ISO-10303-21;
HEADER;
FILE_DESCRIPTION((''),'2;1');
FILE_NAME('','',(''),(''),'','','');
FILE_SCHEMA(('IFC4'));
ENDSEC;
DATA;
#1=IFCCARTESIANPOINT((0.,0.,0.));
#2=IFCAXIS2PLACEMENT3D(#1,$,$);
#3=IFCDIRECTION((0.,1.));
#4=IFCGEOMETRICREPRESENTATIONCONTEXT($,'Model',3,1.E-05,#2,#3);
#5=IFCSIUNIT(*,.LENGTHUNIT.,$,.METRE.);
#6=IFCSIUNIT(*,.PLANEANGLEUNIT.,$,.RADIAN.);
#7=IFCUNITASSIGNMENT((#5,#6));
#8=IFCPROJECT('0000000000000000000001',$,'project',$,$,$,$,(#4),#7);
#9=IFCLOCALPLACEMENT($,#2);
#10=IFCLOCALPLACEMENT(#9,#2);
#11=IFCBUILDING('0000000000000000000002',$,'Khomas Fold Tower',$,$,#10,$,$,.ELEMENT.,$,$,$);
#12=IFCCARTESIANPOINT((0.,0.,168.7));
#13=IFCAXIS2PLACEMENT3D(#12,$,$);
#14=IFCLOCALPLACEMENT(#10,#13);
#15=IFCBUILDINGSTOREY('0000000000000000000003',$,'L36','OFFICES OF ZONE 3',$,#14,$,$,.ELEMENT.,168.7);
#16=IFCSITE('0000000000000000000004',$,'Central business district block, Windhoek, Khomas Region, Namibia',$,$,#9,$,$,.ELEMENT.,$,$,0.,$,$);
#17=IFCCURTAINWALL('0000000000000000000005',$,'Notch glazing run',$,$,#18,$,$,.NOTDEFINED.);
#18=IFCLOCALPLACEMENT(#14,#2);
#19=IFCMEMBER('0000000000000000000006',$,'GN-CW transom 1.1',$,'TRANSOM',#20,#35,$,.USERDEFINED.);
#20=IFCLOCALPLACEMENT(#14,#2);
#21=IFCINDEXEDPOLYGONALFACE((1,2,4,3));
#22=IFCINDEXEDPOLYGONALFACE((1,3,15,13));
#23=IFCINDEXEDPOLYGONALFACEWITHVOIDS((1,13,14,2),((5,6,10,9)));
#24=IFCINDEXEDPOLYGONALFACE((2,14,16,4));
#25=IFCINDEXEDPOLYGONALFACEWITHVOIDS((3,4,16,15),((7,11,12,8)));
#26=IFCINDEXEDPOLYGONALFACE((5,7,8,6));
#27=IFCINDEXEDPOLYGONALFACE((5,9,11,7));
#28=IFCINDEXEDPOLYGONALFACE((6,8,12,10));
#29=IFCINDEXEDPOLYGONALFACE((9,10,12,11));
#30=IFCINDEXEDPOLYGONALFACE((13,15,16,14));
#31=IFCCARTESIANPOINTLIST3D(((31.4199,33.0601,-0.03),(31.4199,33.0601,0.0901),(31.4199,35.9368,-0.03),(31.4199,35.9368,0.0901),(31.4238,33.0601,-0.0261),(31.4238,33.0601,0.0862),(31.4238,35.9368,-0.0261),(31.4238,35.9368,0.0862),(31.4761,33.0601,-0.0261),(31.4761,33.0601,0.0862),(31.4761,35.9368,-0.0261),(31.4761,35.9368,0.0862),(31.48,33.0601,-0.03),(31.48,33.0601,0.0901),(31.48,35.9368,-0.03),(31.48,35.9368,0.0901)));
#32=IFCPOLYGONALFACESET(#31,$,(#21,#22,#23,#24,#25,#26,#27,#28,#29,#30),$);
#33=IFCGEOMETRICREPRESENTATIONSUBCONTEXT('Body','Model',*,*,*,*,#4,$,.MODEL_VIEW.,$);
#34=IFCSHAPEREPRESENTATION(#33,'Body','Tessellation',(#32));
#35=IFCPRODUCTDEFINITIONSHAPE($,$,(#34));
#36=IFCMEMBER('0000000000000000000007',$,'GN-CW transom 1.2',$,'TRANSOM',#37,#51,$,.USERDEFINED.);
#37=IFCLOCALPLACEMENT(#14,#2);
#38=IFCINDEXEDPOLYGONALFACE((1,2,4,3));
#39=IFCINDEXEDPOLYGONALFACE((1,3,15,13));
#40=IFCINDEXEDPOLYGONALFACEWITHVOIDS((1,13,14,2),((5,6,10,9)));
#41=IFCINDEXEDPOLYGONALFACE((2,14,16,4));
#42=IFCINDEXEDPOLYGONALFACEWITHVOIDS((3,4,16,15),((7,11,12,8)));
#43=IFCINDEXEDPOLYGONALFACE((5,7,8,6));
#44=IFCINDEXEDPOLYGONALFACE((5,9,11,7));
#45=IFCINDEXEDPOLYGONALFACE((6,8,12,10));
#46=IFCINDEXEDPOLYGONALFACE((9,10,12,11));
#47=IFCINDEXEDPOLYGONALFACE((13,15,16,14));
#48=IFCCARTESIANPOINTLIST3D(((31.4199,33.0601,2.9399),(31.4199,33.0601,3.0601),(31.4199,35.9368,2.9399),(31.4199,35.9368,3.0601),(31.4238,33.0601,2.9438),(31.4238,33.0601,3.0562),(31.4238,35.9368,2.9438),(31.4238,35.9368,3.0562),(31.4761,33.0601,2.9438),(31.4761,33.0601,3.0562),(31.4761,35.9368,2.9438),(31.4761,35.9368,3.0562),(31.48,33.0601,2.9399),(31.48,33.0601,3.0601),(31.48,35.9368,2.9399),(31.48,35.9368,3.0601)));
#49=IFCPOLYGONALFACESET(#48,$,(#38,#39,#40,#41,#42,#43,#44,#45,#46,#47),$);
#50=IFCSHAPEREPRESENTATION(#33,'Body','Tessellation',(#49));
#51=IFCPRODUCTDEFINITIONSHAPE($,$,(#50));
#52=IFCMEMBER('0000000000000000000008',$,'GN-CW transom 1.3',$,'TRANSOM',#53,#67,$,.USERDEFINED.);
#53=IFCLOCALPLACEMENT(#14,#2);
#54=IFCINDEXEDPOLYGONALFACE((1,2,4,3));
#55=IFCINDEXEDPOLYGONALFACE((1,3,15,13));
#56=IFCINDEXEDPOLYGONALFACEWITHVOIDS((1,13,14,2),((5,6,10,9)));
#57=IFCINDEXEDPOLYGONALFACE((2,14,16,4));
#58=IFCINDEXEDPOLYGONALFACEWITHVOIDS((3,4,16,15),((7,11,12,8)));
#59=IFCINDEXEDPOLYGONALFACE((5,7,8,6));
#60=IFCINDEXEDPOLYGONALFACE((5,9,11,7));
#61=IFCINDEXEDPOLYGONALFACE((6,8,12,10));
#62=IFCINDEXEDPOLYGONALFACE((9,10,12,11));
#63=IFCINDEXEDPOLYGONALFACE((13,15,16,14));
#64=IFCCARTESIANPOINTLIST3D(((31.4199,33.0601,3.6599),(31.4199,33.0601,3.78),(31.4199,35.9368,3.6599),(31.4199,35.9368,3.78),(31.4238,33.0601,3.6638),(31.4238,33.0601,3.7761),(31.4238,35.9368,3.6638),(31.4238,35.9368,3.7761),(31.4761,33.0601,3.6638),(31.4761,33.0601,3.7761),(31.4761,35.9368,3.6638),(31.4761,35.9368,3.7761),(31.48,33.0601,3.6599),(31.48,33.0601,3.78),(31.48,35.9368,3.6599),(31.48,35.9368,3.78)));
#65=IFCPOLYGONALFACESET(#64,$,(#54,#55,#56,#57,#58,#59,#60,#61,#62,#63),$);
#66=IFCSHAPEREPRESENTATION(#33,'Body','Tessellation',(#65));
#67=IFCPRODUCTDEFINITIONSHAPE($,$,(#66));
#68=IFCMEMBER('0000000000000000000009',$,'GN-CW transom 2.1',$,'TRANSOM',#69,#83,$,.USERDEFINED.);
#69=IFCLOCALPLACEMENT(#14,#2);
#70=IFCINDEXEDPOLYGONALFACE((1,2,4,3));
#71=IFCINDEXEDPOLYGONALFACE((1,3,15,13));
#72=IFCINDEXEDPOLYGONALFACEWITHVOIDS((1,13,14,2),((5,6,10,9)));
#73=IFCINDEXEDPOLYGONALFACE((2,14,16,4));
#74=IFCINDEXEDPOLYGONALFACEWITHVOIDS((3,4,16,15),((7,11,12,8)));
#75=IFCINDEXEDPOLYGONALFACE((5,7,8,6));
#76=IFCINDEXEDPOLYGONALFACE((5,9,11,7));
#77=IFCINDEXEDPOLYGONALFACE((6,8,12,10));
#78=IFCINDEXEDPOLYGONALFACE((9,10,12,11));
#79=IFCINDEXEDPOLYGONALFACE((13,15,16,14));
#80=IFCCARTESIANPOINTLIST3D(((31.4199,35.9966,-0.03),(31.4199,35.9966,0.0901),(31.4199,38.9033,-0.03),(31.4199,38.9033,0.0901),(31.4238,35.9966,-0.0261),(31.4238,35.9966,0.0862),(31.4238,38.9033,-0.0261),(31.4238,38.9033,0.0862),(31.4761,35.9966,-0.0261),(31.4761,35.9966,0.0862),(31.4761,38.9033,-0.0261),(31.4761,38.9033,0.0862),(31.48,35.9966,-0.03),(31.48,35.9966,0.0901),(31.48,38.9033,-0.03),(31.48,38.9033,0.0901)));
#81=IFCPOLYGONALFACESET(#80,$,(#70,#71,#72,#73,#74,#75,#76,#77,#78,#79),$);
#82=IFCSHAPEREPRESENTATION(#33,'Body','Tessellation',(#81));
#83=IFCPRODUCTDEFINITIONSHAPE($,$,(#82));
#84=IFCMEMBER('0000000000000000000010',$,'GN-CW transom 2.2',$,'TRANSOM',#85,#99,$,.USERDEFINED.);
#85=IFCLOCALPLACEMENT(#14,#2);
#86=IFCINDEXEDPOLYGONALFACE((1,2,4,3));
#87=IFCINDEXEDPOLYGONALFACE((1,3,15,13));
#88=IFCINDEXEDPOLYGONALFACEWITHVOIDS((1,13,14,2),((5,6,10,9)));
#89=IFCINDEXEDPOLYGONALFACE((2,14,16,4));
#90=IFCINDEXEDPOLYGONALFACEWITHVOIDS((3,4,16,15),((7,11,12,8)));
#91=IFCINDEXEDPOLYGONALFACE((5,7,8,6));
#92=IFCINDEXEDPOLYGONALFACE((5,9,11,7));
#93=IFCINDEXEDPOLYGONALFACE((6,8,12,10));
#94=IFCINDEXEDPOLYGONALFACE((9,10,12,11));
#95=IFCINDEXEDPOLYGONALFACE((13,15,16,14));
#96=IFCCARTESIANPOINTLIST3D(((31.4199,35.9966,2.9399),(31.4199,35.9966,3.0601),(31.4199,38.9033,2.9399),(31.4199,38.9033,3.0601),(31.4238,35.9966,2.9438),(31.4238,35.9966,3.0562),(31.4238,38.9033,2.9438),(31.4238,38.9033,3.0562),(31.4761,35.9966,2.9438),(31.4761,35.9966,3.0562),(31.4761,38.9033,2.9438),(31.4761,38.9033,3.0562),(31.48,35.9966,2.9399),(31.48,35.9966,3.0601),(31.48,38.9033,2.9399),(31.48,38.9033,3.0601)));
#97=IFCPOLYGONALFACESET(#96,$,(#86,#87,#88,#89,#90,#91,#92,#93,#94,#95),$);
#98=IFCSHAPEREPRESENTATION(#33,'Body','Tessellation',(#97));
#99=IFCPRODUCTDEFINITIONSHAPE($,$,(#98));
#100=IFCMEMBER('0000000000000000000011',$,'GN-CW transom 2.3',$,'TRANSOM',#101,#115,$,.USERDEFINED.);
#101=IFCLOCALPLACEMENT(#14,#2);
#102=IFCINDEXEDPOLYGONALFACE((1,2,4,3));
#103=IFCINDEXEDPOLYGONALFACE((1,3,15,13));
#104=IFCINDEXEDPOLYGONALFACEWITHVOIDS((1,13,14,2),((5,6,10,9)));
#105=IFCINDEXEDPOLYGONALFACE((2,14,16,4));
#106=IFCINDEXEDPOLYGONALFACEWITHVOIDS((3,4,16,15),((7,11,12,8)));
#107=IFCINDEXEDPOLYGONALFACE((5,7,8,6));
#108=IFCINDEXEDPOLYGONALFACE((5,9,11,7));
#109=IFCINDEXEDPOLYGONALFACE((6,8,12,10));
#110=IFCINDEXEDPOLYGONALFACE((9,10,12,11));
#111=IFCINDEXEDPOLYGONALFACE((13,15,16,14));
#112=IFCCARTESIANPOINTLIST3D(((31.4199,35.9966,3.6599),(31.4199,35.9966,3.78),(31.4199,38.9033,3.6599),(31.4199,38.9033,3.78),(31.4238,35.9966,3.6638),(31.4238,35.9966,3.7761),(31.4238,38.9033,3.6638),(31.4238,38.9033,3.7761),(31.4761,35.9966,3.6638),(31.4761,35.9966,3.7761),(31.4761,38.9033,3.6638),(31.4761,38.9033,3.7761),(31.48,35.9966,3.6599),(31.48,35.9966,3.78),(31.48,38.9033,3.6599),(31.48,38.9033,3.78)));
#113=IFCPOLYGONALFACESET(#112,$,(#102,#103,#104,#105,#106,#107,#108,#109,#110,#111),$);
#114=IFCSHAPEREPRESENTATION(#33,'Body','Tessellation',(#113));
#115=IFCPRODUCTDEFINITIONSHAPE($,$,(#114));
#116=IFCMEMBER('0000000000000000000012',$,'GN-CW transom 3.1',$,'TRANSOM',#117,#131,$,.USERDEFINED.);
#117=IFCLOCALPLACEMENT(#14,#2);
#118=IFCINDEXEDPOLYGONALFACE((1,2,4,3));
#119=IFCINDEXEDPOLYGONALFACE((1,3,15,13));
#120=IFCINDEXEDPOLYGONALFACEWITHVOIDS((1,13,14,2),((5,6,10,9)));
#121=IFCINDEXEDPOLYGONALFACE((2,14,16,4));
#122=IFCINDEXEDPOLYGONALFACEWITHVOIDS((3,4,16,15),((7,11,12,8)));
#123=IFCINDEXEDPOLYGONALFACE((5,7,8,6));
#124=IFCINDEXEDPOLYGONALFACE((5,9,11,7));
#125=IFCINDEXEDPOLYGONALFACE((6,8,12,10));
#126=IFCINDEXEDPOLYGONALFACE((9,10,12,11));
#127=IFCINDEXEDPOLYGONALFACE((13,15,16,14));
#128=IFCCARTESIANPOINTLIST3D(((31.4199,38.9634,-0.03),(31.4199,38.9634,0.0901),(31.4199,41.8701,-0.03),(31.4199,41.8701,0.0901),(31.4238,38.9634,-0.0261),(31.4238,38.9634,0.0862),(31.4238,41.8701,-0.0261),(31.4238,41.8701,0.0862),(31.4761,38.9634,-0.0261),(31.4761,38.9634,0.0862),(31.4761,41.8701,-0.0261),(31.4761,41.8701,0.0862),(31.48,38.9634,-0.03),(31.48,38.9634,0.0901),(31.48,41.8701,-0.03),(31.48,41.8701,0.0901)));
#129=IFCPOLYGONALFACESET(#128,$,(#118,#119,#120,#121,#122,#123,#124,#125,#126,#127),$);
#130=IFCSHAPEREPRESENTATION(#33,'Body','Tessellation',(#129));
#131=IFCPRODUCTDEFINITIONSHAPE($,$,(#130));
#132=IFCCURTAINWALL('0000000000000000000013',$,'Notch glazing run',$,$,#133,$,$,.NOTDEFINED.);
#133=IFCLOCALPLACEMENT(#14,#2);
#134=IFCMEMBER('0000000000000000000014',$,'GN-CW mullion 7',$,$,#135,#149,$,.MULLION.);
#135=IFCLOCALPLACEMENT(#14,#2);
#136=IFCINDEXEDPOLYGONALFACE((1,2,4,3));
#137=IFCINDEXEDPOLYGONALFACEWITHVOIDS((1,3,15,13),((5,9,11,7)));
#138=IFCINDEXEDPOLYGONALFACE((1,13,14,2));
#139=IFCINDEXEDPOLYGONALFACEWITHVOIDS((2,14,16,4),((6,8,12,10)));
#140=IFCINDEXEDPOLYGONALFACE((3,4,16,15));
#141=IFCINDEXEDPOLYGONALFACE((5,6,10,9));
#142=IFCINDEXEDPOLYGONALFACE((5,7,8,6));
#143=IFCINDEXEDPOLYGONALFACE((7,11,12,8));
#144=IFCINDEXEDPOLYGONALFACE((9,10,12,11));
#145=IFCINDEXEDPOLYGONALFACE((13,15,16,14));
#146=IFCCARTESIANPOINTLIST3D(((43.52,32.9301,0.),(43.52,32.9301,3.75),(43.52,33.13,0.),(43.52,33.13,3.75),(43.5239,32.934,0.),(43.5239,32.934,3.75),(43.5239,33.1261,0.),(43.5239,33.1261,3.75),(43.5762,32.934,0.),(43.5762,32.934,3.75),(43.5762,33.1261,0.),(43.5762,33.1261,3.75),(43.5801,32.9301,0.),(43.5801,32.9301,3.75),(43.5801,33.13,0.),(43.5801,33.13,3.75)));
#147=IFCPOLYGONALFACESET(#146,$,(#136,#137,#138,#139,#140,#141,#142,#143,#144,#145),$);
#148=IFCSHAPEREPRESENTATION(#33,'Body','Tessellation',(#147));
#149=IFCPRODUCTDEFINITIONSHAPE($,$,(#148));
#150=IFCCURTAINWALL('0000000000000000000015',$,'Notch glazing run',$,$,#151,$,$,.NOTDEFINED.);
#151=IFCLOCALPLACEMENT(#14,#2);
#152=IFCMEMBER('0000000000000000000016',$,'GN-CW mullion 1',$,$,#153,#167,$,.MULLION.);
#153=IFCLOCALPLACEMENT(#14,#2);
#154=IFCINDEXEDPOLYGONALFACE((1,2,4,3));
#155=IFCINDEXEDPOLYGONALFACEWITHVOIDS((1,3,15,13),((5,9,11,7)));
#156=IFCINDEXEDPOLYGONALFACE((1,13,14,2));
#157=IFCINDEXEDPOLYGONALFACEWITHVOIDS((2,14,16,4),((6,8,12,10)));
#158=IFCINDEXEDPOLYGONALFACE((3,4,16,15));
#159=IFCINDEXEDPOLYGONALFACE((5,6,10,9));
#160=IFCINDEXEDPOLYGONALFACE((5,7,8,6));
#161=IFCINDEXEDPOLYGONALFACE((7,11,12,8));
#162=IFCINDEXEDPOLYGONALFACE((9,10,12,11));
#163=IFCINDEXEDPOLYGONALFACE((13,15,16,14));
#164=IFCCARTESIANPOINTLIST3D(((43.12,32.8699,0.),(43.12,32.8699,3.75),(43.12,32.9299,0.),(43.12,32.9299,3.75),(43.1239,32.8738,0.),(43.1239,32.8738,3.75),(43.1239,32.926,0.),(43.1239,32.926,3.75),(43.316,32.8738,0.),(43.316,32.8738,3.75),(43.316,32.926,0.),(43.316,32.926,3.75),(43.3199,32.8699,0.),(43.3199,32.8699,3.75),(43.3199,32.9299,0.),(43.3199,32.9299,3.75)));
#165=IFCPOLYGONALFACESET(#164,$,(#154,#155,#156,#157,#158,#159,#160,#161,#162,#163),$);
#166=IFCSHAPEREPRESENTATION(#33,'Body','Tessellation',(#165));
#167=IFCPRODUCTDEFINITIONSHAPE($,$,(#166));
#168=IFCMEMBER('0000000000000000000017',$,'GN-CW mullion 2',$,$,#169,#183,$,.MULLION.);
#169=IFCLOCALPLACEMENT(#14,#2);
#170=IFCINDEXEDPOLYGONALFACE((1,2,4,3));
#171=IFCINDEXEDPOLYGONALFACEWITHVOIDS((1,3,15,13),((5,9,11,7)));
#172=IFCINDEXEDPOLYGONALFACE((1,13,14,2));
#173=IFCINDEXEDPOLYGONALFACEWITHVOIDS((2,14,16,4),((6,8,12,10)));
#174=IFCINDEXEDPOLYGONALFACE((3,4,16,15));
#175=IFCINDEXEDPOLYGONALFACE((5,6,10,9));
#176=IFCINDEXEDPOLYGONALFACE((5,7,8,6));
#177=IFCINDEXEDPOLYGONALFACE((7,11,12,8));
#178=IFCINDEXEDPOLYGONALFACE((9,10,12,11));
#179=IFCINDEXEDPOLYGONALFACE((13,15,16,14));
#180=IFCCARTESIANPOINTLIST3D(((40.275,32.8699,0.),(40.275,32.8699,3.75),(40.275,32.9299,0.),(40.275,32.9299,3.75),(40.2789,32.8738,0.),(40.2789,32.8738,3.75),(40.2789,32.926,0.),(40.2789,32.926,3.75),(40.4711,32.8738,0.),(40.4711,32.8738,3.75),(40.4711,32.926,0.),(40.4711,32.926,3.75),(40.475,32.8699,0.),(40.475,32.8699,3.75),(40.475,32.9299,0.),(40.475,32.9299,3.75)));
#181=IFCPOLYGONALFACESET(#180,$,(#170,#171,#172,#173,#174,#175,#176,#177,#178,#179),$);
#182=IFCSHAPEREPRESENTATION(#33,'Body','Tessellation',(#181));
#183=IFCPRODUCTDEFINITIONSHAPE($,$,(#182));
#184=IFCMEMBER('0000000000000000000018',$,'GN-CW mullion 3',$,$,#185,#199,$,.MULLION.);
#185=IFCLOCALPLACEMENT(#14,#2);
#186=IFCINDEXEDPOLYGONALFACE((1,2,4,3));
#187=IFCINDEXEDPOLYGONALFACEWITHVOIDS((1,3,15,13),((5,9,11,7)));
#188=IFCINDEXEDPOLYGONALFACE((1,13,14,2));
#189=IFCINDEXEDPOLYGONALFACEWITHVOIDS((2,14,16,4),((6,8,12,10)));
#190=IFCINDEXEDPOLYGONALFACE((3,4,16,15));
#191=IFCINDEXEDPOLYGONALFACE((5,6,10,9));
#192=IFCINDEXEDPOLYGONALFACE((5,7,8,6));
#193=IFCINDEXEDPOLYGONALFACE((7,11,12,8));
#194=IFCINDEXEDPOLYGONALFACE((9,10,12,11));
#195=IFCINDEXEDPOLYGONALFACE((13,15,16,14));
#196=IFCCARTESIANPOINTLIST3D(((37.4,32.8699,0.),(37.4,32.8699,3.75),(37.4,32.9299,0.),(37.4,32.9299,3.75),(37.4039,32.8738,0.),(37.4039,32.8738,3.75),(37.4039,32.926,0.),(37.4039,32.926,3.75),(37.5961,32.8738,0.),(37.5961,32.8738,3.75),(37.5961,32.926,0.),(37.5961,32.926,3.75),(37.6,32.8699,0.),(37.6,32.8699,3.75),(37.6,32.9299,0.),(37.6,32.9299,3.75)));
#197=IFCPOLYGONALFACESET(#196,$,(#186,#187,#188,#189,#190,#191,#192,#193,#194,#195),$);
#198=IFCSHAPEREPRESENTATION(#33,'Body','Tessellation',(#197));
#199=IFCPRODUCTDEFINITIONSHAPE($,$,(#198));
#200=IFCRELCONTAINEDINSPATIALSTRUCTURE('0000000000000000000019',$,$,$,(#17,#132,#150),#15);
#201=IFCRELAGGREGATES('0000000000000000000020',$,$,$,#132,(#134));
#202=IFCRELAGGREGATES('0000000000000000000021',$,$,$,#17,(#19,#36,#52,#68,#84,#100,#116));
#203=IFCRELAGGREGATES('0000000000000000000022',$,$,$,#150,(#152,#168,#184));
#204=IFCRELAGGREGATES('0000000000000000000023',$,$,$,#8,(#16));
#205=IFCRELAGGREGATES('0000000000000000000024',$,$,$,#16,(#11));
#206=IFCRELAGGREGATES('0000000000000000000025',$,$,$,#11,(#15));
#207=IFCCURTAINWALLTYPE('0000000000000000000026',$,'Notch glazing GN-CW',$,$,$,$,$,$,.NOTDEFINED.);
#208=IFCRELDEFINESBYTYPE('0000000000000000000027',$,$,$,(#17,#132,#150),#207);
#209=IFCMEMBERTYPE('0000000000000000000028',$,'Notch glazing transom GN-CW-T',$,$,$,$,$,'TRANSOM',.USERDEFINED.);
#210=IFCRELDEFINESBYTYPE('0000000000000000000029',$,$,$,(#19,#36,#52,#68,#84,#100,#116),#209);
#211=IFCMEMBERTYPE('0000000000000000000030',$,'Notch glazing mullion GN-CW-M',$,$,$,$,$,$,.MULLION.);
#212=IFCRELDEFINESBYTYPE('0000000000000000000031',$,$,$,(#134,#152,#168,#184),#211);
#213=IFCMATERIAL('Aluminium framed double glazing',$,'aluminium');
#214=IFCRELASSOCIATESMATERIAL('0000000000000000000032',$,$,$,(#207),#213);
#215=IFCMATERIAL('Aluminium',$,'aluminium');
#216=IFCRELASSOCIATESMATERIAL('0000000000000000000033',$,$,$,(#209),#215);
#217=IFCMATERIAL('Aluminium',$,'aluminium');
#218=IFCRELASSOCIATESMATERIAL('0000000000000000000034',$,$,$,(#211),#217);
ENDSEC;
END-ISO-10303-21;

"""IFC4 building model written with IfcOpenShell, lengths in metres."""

from ifc_helpers import new_model, si_unit, direction, frame, origin, origin_2d, place, context, subcontext, project, spatial, hollow_rectangle, extrude, source, transform, mapped, material, material_profile, profile_set, type_object, element, aggregate, save


model = new_model("IFC4")

# Units and contexts
model_context = context("Model", 3, precision=1e-05, world=origin(), true_north=direction((0.0, 1.0)))
body_context = subcontext(model_context, "Body", "Model", "MODEL_VIEW")
ifc_project = project(units=[si_unit("LENGTHUNIT", "METRE"), si_unit("PLANEANGLEUNIT", "RADIAN")], contexts=[model_context])

# Site, building, storey
site_placement = place(None, origin())
site = spatial("IfcSite", under=ifc_project, at=site_placement, Name="Central business district block, Windhoek, Khomas Region, Namibia", CompositionType="ELEMENT", RefElevation=0.0)
building_placement = place(site_placement, origin())
building = spatial("IfcBuilding", under=site, at=building_placement, Name="Khomas Fold Tower", CompositionType="ELEMENT")
storey_placement = place(building_placement, frame((0.0, 0.0, 168.7)))
storey = spatial("IfcBuildingStorey", under=building, at=storey_placement, Name="L36", Description="OFFICES OF ZONE 3", CompositionType="ELEMENT", Elevation=168.7)

# Curtain wall, members
ifc_material_1 = material(Name="Aluminium framed double glazing", Category="aluminium")
curtain_wall_type = type_object("IfcCurtainWallType", Name="Notch glazing GN-CW", PredefinedType="NOTDEFINED", material=ifc_material_1)
curtain_wall_1_placement = place(storey_placement, origin())
curtain_wall_1 = element("IfcCurtainWall", 1, at=curtain_wall_1_placement, inside=storey, type_object=curtain_wall_type, Name="Notch glazing run", PredefinedType="NOTDEFINED")
ifc_material_2 = material(Name="Aluminium", Category="aluminium")
ifc_material_profile_1 = material_profile(ifc_material_2, hollow_rectangle(XDim=0.0601, YDim=0.1201, WallThickness=0.0039, at=origin_2d()), Name="Notch glazing transom GN-CW-T")
ifc_profile_set_1 = profile_set([ifc_material_profile_1], Name="Aluminium")
member_type_1 = type_object("IfcMemberType", Name="Notch glazing transom GN-CW-T", ElementType="TRANSOM", PredefinedType="USERDEFINED", material=ifc_profile_set_1)
shared_shape_1 = source(origin(), body_context, "Body", "SweptSolid", [
    extrude(hollow_rectangle(XDim=0.0601, YDim=0.1201, WallThickness=0.0039, at=origin_2d()), origin(), (0.0, 0.0, 1.0), 2.8767),
])
member_1_placement = place(storey_placement, frame((31.45, 33.0601, 0.03), z_axis=(0.0, 1.0, 0.0), x_axis=(-1.0, 0.0, 0.0)))
member_1 = element("IfcMember", 2, at=member_1_placement, type_object=member_type_1, Name="GN-CW transom 1.1", ObjectType="TRANSOM", PredefinedType="USERDEFINED", context=body_context, shape_type="MappedRepresentation", body=[
    mapped(shared_shape_1, transform((0.0, 0.0, 0.0))),
])
member_2_placement = place(storey_placement, frame((31.45, 33.0601, 3.0), z_axis=(0.0, 1.0, 0.0), x_axis=(-1.0, 0.0, 0.0)))
member_2 = element("IfcMember", 3, at=member_2_placement, type_object=member_type_1, Name="GN-CW transom 1.2", ObjectType="TRANSOM", PredefinedType="USERDEFINED", context=body_context, shape_type="MappedRepresentation", body=[
    mapped(shared_shape_1, transform((0.0, 0.0, 0.0))),
])
member_3_placement = place(storey_placement, frame((31.45, 33.0601, 3.72), z_axis=(0.0, 1.0, 0.0), x_axis=(-1.0, 0.0, 0.0)))
member_3 = element("IfcMember", 4, at=member_3_placement, type_object=member_type_1, Name="GN-CW transom 1.3", ObjectType="TRANSOM", PredefinedType="USERDEFINED", context=body_context, shape_type="MappedRepresentation", body=[
    mapped(shared_shape_1, transform((0.0, 0.0, 0.0))),
])
shared_shape_2 = source(origin(), body_context, "Body", "SweptSolid", [
    extrude(hollow_rectangle(XDim=0.0601, YDim=0.1201, WallThickness=0.0039, at=origin_2d()), origin(), (0.0, 0.0, 1.0), 2.9067),
])
member_4_placement = place(storey_placement, frame((31.45, 35.9966, 0.03), z_axis=(0.0, 1.0, 0.0), x_axis=(-1.0, 0.0, 0.0)))
member_4 = element("IfcMember", 5, at=member_4_placement, type_object=member_type_1, Name="GN-CW transom 2.1", ObjectType="TRANSOM", PredefinedType="USERDEFINED", context=body_context, shape_type="MappedRepresentation", body=[
    mapped(shared_shape_2, transform((0.0, 0.0, 0.0))),
])
member_5_placement = place(storey_placement, frame((31.45, 35.9966, 3.0), z_axis=(0.0, 1.0, 0.0), x_axis=(-1.0, 0.0, 0.0)))
member_5 = element("IfcMember", 6, at=member_5_placement, type_object=member_type_1, Name="GN-CW transom 2.2", ObjectType="TRANSOM", PredefinedType="USERDEFINED", context=body_context, shape_type="MappedRepresentation", body=[
    mapped(shared_shape_2, transform((0.0, 0.0, 0.0))),
])
member_6_placement = place(storey_placement, frame((31.45, 35.9966, 3.72), z_axis=(0.0, 1.0, 0.0), x_axis=(-1.0, 0.0, 0.0)))
member_6 = element("IfcMember", 7, at=member_6_placement, type_object=member_type_1, Name="GN-CW transom 2.3", ObjectType="TRANSOM", PredefinedType="USERDEFINED", context=body_context, shape_type="MappedRepresentation", body=[
    mapped(shared_shape_2, transform((0.0, 0.0, 0.0))),
])
member_7_placement = place(storey_placement, frame((31.45, 38.9634, 0.03), z_axis=(0.0, 1.0, 0.0), x_axis=(-1.0, 0.0, 0.0)))
member_7 = element("IfcMember", 8, at=member_7_placement, type_object=member_type_1, Name="GN-CW transom 3.1", ObjectType="TRANSOM", PredefinedType="USERDEFINED", context=body_context, shape_type="MappedRepresentation", body=[
    mapped(shared_shape_2, transform((0.0, 0.0, 0.0))),
])

# Curtain wall, member
curtain_wall_2_placement = place(storey_placement, origin())
curtain_wall_2 = element("IfcCurtainWall", 9, at=curtain_wall_2_placement, inside=storey, type_object=curtain_wall_type, Name="Notch glazing run", PredefinedType="NOTDEFINED")
ifc_material_3 = material(Name="Aluminium", Category="aluminium")
ifc_material_profile_2 = material_profile(ifc_material_3, hollow_rectangle(XDim=0.0601, YDim=0.2, WallThickness=0.0039, at=origin_2d()), Name="Notch glazing mullion GN-CW-M")
ifc_profile_set_2 = profile_set([ifc_material_profile_2], Name="Aluminium")
member_type_2 = type_object("IfcMemberType", Name="Notch glazing mullion GN-CW-M", PredefinedType="MULLION", material=ifc_profile_set_2)
shared_shape_3 = source(origin(), body_context, "Body", "SweptSolid", [
    extrude(hollow_rectangle(XDim=0.0601, YDim=0.2, WallThickness=0.0039, at=origin_2d()), origin(), (0.0, 0.0, 1.0), 3.75),
])
member_8_placement = place(storey_placement, frame((43.55, 33.03, 0.0), z_axis=(0.0, 0.0, 1.0), x_axis=(1.0, 0.0, 0.0)))
member_8 = element("IfcMember", 10, at=member_8_placement, type_object=member_type_2, Name="GN-CW mullion 7", PredefinedType="MULLION", context=body_context, shape_type="MappedRepresentation", body=[
    mapped(shared_shape_3, transform((0.0, 0.0, 0.0))),
])
aggregate(curtain_wall_2, [member_8])

# Curtain wall, members
curtain_wall_3_placement = place(storey_placement, origin())
curtain_wall_3 = element("IfcCurtainWall", 11, at=curtain_wall_3_placement, inside=storey, type_object=curtain_wall_type, Name="Notch glazing run", PredefinedType="NOTDEFINED")
member_9_placement = place(storey_placement, frame((43.22, 32.8999, 0.0), z_axis=(0.0, 0.0, 1.0), x_axis=(0.0, -1.0, 0.0)))
member_9 = element("IfcMember", 12, at=member_9_placement, type_object=member_type_2, Name="GN-CW mullion 1", PredefinedType="MULLION", context=body_context, shape_type="MappedRepresentation", body=[
    mapped(shared_shape_3, transform((0.0, 0.0, 0.0))),
])
member_10_placement = place(storey_placement, frame((40.375, 32.8999, 0.0), z_axis=(0.0, 0.0, 1.0), x_axis=(0.0, -1.0, 0.0)))
member_10 = element("IfcMember", 13, at=member_10_placement, type_object=member_type_2, Name="GN-CW mullion 2", PredefinedType="MULLION", context=body_context, shape_type="MappedRepresentation", body=[
    mapped(shared_shape_3, transform((0.0, 0.0, 0.0))),
])
member_11_placement = place(storey_placement, frame((37.5, 32.8999, 0.0), z_axis=(0.0, 0.0, 1.0), x_axis=(0.0, -1.0, 0.0)))
member_11 = element("IfcMember", 14, at=member_11_placement, type_object=member_type_2, Name="GN-CW mullion 3", PredefinedType="MULLION", context=body_context, shape_type="MappedRepresentation", body=[
    mapped(shared_shape_3, transform((0.0, 0.0, 0.0))),
])

aggregate(curtain_wall_1, [member_1, member_2, member_3, member_4, member_5, member_6, member_7])
aggregate(curtain_wall_3, [member_9, member_10, member_11])

save(model, "model.ifc")
